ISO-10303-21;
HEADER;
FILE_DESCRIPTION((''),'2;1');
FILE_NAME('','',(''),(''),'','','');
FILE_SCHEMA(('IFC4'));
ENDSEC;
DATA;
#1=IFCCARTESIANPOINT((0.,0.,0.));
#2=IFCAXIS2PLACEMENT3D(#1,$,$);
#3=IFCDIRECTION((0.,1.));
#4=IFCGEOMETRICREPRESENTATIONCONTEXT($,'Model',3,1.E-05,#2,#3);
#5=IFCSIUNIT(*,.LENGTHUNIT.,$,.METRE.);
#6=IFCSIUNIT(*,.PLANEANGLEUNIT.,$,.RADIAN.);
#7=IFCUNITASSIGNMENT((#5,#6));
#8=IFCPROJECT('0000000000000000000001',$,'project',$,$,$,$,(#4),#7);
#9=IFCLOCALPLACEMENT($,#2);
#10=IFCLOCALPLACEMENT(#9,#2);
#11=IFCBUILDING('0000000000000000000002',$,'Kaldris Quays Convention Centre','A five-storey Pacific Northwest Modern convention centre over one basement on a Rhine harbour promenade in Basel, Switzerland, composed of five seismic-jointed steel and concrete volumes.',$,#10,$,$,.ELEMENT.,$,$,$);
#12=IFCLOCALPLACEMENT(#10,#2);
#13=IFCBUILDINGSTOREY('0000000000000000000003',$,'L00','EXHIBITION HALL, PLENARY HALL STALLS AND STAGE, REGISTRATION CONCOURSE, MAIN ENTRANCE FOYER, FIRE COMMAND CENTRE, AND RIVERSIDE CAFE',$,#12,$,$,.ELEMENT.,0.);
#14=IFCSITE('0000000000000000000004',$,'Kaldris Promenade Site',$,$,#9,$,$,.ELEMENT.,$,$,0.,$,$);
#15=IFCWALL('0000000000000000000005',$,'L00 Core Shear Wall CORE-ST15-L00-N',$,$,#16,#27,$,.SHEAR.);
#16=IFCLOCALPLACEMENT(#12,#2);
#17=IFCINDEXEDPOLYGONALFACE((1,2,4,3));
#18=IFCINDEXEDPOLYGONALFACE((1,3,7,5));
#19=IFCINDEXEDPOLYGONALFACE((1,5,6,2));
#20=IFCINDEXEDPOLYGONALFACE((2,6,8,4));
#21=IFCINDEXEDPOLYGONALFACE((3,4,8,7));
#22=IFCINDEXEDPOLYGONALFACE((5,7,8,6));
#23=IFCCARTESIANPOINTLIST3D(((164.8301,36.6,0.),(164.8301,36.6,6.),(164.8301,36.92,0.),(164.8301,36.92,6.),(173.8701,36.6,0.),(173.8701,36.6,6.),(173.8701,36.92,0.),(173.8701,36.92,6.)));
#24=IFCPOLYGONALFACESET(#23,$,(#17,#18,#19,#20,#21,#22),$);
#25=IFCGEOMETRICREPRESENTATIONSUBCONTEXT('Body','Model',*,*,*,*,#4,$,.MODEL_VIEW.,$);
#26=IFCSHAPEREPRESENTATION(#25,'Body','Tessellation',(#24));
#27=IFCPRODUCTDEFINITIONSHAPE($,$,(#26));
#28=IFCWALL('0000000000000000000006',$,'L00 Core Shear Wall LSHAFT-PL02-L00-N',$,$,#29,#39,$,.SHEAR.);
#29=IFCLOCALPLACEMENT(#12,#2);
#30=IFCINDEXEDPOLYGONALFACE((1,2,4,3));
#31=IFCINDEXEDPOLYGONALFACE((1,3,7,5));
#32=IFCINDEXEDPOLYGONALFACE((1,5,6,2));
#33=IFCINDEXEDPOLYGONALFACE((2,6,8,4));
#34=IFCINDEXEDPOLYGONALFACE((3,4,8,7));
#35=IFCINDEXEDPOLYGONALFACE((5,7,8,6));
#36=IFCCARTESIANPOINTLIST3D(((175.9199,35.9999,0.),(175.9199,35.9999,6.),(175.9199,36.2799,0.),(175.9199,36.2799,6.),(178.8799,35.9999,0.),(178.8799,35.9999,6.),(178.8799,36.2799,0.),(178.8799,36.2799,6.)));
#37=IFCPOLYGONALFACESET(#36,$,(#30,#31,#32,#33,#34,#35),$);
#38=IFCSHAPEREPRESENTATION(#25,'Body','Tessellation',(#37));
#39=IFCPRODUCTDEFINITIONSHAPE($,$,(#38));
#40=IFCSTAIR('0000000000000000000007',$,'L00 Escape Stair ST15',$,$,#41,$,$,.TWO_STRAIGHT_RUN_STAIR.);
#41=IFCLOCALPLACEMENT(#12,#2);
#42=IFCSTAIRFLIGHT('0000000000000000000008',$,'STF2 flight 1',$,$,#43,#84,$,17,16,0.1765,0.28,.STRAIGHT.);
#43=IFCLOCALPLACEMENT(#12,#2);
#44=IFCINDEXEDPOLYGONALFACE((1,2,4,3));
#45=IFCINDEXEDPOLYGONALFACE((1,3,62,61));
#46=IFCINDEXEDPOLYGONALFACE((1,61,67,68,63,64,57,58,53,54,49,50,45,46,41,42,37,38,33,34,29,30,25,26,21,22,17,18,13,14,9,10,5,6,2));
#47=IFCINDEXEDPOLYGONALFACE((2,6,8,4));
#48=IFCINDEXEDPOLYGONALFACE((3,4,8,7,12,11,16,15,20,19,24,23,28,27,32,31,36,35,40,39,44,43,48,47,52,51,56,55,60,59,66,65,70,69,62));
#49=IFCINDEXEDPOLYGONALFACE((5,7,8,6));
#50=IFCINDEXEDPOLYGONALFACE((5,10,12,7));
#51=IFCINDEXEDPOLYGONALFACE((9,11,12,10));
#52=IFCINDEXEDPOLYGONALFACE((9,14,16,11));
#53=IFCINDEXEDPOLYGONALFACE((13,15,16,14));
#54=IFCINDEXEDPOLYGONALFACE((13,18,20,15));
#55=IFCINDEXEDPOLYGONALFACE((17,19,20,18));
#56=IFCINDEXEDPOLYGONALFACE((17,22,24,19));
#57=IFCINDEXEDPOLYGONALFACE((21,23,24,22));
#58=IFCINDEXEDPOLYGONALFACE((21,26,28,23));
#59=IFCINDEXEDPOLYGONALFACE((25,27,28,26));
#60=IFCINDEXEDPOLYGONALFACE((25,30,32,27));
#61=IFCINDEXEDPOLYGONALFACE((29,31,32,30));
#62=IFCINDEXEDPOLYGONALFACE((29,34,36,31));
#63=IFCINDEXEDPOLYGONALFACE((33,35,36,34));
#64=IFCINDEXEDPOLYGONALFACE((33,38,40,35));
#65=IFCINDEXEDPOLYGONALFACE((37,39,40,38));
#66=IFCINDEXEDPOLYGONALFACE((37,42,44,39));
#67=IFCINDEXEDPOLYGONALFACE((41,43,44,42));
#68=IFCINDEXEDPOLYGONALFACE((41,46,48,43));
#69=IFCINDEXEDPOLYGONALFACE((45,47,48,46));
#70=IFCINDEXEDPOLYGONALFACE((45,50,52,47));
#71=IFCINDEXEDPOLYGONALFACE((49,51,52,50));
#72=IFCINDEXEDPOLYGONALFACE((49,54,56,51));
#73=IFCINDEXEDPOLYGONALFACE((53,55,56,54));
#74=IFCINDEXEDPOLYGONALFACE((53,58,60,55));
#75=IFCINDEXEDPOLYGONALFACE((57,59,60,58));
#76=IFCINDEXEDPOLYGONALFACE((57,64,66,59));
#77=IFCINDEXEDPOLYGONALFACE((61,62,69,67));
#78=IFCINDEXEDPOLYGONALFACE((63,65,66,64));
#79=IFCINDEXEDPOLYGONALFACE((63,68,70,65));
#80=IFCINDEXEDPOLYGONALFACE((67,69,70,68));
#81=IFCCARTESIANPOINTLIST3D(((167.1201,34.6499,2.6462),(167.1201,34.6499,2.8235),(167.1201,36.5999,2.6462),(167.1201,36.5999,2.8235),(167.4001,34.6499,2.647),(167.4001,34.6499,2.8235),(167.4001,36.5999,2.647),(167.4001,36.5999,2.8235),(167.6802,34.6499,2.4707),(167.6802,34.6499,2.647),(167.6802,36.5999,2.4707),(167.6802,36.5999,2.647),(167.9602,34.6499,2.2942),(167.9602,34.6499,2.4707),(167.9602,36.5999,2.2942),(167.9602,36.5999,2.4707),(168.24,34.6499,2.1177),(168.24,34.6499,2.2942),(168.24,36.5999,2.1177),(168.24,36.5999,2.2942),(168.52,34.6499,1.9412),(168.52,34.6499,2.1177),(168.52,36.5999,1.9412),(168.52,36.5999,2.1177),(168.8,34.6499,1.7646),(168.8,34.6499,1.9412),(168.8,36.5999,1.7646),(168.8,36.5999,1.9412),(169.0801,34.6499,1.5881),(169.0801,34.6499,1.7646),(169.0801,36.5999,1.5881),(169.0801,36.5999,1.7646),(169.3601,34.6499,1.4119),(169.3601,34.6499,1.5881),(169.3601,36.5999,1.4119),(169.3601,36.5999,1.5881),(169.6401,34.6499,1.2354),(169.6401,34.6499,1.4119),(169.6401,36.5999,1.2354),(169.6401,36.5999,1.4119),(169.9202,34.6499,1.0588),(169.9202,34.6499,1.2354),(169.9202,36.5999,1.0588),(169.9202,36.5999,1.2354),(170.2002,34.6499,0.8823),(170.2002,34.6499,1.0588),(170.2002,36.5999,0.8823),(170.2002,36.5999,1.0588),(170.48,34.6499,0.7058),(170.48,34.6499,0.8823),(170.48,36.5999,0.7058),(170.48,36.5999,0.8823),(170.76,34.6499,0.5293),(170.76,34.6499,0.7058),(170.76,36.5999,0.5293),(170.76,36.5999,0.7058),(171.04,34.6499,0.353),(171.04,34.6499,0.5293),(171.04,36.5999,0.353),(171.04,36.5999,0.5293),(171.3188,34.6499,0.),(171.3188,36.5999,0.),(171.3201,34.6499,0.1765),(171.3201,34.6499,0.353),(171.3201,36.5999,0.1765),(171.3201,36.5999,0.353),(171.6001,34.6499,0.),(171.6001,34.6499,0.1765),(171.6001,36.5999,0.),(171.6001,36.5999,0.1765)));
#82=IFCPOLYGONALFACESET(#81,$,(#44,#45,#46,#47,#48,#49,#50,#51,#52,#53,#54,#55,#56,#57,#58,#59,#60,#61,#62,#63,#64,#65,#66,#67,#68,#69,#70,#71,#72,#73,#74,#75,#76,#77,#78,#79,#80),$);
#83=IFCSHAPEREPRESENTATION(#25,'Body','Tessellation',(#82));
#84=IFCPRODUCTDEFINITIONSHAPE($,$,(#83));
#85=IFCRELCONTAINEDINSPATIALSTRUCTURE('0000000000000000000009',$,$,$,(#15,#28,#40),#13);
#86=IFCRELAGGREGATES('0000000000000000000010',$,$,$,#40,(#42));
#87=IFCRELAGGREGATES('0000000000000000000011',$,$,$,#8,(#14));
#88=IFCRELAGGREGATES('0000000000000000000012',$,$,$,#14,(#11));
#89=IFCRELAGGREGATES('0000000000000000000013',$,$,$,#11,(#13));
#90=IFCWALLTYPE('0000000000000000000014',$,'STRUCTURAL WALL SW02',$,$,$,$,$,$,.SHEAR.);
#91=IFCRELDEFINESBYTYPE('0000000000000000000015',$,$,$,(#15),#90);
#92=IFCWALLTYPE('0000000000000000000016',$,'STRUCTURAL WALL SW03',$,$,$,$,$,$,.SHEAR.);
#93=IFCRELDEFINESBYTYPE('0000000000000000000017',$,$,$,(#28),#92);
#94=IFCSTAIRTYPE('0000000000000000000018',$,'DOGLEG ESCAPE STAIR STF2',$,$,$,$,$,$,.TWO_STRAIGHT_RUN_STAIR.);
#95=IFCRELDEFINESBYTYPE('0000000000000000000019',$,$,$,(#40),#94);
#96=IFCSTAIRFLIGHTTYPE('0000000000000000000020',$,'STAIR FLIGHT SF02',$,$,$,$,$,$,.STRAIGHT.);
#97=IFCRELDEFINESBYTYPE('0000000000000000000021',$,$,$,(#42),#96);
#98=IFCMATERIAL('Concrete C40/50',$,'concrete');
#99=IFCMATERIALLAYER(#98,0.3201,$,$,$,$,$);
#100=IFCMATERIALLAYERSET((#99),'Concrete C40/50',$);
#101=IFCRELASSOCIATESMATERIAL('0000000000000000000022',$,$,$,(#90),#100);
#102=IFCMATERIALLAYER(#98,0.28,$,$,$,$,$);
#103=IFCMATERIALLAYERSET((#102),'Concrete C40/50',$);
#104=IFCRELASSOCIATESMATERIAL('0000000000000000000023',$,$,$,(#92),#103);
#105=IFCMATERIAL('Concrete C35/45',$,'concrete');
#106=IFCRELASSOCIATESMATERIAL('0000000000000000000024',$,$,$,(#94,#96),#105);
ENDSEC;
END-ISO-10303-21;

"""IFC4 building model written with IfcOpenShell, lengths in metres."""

from ifc_helpers import new_model, si_unit, direction, frame, frame_2d, origin, place, context, subcontext, project, spatial, polyline, rectangle, outline, extrude, material, layer, layer_set, type_object, element, aggregate, save


model = new_model("IFC4")

# Units and contexts
model_context = context("Model", 3, precision=1e-05, world=origin(), true_north=direction((0.0, 1.0)))
body_context = subcontext(model_context, "Body", "Model", "MODEL_VIEW")
ifc_project = project(units=[si_unit("LENGTHUNIT", "METRE"), si_unit("PLANEANGLEUNIT", "RADIAN")], contexts=[model_context])

# Site, building, storey
site_placement = place(None, origin())
site = spatial("IfcSite", under=ifc_project, at=site_placement, Name="Kaldris Promenade Site", CompositionType="ELEMENT", RefElevation=0.0)
building_placement = place(site_placement, origin())
building = spatial("IfcBuilding", under=site, at=building_placement, Name="Kaldris Quays Convention Centre", Description="A five-storey Pacific Northwest Modern convention centre over one basement on a Rhine harbour promenade in Basel, Switzerland, composed of five seismic-jointed steel and concrete volumes.", CompositionType="ELEMENT")
storey_placement = place(building_placement, origin())
storey = spatial("IfcBuildingStorey", under=building, at=storey_placement, Name="L00", Description="EXHIBITION HALL, PLENARY HALL STALLS AND STAGE, REGISTRATION CONCOURSE, MAIN ENTRANCE FOYER, FIRE COMMAND CENTRE, AND RIVERSIDE CAFE", CompositionType="ELEMENT", Elevation=0.0)

# Walls
ifc_material_1 = material(Name="Concrete C40/50", Category="concrete")
ifc_layer_1 = layer(ifc_material_1, 0.3201)
ifc_layer_set_1 = layer_set([ifc_layer_1], Name="Concrete C40/50")
wall_type_1 = type_object("IfcWallType", Name="STRUCTURAL WALL SW02", PredefinedType="SHEAR", material=ifc_layer_set_1)
wall_1_placement = place(storey_placement, frame((164.8301, 36.76, 0.0), z_axis=(0.0, 0.0, 1.0), x_axis=(1.0, 0.0, 0.0)))
element("IfcWall", 1, at=wall_1_placement, inside=storey, type_object=wall_type_1, Name="L00 Core Shear Wall CORE-ST15-L00-N", PredefinedType="SHEAR", context=body_context, shape_type="SweptSolid", body=[
    extrude(rectangle(XDim=9.04, YDim=0.3201, at=frame_2d((4.52, 0.0))), origin(), (0.0, 0.0, 1.0), 6.0),
])
ifc_layer_2 = layer(ifc_material_1, 0.28)
ifc_layer_set_2 = layer_set([ifc_layer_2], Name="Concrete C40/50")
wall_type_2 = type_object("IfcWallType", Name="STRUCTURAL WALL SW03", PredefinedType="SHEAR", material=ifc_layer_set_2)
wall_2_placement = place(storey_placement, frame((175.9199, 36.1399, 0.0), z_axis=(0.0, 0.0, 1.0), x_axis=(1.0, 0.0, 0.0)))
element("IfcWall", 2, at=wall_2_placement, inside=storey, type_object=wall_type_2, Name="L00 Core Shear Wall LSHAFT-PL02-L00-N", PredefinedType="SHEAR", context=body_context, shape_type="SweptSolid", body=[
    extrude(rectangle(XDim=2.96, YDim=0.28, at=frame_2d((1.48, 0.0))), origin(), (0.0, 0.0, 1.0), 6.0),
])

# Stair, stair flight
ifc_material_2 = material(Name="Concrete C35/45", Category="concrete")
stair_type = type_object("IfcStairType", Name="DOGLEG ESCAPE STAIR STF2", PredefinedType="TWO_STRAIGHT_RUN_STAIR", material=ifc_material_2)
stair_placement = place(storey_placement, origin())
stair = element("IfcStair", 3, at=stair_placement, inside=storey, type_object=stair_type, Name="L00 Escape Stair ST15", PredefinedType="TWO_STRAIGHT_RUN_STAIR")
stair_flight_type = type_object("IfcStairFlightType", Name="STAIR FLIGHT SF02", PredefinedType="STRAIGHT", material=ifc_material_2)
stair_flight_placement = place(storey_placement, frame((171.6001, 35.625, 0.0), z_axis=(0.0, 0.0, 1.0), x_axis=(-1.0, 0.0, 0.0)))
stair_flight = element("IfcStairFlight", 4, at=stair_flight_placement, type_object=stair_flight_type, Name="STF2 flight 1", NumberOfRisers=17, NumberOfTreads=16, PredefinedType="STRAIGHT", RiserHeight=0.1765, TreadLength=0.28, context=body_context, shape_type="SweptSolid", body=[
    extrude(outline(polyline([(0.0, 0.0), (0.0, 0.1765), (0.28, 0.1765), (0.28, 0.353), (0.5601, 0.353), (0.5601, 0.5293), (0.8401, 0.5293), (0.8401, 0.7058), (1.1201, 0.7058), (1.1201, 0.8823), (1.3999, 0.8823), (1.3999, 1.0588), (1.6799, 1.0588), (1.6799, 1.2354), (1.96, 1.2354), (1.96, 1.4119), (2.24, 1.4119), (2.24, 1.5881), (2.52, 1.5881), (2.52, 1.7646), (2.8, 1.7646), (2.8, 1.9412), (3.0801, 1.9412), (3.0801, 2.1177), (3.3601, 2.1177), (3.3601, 2.2942), (3.6399, 2.2942), (3.6399, 2.4707), (3.9199, 2.4707), (3.9199, 2.647), (4.2, 2.647), (4.2, 2.8235), (4.48, 2.8235), (4.48, 3.0), (4.48, 2.6462), (0.2812, 0.0), (0.0, 0.0)])), frame((0.0, 0.9751, 0.0), z_axis=(0.0, -1.0, 0.0), x_axis=(1.0, 0.0, 0.0)), (0.0, 0.0, 1.0), 1.95),
])
aggregate(stair, [stair_flight])

save(model, "model.ifc")
